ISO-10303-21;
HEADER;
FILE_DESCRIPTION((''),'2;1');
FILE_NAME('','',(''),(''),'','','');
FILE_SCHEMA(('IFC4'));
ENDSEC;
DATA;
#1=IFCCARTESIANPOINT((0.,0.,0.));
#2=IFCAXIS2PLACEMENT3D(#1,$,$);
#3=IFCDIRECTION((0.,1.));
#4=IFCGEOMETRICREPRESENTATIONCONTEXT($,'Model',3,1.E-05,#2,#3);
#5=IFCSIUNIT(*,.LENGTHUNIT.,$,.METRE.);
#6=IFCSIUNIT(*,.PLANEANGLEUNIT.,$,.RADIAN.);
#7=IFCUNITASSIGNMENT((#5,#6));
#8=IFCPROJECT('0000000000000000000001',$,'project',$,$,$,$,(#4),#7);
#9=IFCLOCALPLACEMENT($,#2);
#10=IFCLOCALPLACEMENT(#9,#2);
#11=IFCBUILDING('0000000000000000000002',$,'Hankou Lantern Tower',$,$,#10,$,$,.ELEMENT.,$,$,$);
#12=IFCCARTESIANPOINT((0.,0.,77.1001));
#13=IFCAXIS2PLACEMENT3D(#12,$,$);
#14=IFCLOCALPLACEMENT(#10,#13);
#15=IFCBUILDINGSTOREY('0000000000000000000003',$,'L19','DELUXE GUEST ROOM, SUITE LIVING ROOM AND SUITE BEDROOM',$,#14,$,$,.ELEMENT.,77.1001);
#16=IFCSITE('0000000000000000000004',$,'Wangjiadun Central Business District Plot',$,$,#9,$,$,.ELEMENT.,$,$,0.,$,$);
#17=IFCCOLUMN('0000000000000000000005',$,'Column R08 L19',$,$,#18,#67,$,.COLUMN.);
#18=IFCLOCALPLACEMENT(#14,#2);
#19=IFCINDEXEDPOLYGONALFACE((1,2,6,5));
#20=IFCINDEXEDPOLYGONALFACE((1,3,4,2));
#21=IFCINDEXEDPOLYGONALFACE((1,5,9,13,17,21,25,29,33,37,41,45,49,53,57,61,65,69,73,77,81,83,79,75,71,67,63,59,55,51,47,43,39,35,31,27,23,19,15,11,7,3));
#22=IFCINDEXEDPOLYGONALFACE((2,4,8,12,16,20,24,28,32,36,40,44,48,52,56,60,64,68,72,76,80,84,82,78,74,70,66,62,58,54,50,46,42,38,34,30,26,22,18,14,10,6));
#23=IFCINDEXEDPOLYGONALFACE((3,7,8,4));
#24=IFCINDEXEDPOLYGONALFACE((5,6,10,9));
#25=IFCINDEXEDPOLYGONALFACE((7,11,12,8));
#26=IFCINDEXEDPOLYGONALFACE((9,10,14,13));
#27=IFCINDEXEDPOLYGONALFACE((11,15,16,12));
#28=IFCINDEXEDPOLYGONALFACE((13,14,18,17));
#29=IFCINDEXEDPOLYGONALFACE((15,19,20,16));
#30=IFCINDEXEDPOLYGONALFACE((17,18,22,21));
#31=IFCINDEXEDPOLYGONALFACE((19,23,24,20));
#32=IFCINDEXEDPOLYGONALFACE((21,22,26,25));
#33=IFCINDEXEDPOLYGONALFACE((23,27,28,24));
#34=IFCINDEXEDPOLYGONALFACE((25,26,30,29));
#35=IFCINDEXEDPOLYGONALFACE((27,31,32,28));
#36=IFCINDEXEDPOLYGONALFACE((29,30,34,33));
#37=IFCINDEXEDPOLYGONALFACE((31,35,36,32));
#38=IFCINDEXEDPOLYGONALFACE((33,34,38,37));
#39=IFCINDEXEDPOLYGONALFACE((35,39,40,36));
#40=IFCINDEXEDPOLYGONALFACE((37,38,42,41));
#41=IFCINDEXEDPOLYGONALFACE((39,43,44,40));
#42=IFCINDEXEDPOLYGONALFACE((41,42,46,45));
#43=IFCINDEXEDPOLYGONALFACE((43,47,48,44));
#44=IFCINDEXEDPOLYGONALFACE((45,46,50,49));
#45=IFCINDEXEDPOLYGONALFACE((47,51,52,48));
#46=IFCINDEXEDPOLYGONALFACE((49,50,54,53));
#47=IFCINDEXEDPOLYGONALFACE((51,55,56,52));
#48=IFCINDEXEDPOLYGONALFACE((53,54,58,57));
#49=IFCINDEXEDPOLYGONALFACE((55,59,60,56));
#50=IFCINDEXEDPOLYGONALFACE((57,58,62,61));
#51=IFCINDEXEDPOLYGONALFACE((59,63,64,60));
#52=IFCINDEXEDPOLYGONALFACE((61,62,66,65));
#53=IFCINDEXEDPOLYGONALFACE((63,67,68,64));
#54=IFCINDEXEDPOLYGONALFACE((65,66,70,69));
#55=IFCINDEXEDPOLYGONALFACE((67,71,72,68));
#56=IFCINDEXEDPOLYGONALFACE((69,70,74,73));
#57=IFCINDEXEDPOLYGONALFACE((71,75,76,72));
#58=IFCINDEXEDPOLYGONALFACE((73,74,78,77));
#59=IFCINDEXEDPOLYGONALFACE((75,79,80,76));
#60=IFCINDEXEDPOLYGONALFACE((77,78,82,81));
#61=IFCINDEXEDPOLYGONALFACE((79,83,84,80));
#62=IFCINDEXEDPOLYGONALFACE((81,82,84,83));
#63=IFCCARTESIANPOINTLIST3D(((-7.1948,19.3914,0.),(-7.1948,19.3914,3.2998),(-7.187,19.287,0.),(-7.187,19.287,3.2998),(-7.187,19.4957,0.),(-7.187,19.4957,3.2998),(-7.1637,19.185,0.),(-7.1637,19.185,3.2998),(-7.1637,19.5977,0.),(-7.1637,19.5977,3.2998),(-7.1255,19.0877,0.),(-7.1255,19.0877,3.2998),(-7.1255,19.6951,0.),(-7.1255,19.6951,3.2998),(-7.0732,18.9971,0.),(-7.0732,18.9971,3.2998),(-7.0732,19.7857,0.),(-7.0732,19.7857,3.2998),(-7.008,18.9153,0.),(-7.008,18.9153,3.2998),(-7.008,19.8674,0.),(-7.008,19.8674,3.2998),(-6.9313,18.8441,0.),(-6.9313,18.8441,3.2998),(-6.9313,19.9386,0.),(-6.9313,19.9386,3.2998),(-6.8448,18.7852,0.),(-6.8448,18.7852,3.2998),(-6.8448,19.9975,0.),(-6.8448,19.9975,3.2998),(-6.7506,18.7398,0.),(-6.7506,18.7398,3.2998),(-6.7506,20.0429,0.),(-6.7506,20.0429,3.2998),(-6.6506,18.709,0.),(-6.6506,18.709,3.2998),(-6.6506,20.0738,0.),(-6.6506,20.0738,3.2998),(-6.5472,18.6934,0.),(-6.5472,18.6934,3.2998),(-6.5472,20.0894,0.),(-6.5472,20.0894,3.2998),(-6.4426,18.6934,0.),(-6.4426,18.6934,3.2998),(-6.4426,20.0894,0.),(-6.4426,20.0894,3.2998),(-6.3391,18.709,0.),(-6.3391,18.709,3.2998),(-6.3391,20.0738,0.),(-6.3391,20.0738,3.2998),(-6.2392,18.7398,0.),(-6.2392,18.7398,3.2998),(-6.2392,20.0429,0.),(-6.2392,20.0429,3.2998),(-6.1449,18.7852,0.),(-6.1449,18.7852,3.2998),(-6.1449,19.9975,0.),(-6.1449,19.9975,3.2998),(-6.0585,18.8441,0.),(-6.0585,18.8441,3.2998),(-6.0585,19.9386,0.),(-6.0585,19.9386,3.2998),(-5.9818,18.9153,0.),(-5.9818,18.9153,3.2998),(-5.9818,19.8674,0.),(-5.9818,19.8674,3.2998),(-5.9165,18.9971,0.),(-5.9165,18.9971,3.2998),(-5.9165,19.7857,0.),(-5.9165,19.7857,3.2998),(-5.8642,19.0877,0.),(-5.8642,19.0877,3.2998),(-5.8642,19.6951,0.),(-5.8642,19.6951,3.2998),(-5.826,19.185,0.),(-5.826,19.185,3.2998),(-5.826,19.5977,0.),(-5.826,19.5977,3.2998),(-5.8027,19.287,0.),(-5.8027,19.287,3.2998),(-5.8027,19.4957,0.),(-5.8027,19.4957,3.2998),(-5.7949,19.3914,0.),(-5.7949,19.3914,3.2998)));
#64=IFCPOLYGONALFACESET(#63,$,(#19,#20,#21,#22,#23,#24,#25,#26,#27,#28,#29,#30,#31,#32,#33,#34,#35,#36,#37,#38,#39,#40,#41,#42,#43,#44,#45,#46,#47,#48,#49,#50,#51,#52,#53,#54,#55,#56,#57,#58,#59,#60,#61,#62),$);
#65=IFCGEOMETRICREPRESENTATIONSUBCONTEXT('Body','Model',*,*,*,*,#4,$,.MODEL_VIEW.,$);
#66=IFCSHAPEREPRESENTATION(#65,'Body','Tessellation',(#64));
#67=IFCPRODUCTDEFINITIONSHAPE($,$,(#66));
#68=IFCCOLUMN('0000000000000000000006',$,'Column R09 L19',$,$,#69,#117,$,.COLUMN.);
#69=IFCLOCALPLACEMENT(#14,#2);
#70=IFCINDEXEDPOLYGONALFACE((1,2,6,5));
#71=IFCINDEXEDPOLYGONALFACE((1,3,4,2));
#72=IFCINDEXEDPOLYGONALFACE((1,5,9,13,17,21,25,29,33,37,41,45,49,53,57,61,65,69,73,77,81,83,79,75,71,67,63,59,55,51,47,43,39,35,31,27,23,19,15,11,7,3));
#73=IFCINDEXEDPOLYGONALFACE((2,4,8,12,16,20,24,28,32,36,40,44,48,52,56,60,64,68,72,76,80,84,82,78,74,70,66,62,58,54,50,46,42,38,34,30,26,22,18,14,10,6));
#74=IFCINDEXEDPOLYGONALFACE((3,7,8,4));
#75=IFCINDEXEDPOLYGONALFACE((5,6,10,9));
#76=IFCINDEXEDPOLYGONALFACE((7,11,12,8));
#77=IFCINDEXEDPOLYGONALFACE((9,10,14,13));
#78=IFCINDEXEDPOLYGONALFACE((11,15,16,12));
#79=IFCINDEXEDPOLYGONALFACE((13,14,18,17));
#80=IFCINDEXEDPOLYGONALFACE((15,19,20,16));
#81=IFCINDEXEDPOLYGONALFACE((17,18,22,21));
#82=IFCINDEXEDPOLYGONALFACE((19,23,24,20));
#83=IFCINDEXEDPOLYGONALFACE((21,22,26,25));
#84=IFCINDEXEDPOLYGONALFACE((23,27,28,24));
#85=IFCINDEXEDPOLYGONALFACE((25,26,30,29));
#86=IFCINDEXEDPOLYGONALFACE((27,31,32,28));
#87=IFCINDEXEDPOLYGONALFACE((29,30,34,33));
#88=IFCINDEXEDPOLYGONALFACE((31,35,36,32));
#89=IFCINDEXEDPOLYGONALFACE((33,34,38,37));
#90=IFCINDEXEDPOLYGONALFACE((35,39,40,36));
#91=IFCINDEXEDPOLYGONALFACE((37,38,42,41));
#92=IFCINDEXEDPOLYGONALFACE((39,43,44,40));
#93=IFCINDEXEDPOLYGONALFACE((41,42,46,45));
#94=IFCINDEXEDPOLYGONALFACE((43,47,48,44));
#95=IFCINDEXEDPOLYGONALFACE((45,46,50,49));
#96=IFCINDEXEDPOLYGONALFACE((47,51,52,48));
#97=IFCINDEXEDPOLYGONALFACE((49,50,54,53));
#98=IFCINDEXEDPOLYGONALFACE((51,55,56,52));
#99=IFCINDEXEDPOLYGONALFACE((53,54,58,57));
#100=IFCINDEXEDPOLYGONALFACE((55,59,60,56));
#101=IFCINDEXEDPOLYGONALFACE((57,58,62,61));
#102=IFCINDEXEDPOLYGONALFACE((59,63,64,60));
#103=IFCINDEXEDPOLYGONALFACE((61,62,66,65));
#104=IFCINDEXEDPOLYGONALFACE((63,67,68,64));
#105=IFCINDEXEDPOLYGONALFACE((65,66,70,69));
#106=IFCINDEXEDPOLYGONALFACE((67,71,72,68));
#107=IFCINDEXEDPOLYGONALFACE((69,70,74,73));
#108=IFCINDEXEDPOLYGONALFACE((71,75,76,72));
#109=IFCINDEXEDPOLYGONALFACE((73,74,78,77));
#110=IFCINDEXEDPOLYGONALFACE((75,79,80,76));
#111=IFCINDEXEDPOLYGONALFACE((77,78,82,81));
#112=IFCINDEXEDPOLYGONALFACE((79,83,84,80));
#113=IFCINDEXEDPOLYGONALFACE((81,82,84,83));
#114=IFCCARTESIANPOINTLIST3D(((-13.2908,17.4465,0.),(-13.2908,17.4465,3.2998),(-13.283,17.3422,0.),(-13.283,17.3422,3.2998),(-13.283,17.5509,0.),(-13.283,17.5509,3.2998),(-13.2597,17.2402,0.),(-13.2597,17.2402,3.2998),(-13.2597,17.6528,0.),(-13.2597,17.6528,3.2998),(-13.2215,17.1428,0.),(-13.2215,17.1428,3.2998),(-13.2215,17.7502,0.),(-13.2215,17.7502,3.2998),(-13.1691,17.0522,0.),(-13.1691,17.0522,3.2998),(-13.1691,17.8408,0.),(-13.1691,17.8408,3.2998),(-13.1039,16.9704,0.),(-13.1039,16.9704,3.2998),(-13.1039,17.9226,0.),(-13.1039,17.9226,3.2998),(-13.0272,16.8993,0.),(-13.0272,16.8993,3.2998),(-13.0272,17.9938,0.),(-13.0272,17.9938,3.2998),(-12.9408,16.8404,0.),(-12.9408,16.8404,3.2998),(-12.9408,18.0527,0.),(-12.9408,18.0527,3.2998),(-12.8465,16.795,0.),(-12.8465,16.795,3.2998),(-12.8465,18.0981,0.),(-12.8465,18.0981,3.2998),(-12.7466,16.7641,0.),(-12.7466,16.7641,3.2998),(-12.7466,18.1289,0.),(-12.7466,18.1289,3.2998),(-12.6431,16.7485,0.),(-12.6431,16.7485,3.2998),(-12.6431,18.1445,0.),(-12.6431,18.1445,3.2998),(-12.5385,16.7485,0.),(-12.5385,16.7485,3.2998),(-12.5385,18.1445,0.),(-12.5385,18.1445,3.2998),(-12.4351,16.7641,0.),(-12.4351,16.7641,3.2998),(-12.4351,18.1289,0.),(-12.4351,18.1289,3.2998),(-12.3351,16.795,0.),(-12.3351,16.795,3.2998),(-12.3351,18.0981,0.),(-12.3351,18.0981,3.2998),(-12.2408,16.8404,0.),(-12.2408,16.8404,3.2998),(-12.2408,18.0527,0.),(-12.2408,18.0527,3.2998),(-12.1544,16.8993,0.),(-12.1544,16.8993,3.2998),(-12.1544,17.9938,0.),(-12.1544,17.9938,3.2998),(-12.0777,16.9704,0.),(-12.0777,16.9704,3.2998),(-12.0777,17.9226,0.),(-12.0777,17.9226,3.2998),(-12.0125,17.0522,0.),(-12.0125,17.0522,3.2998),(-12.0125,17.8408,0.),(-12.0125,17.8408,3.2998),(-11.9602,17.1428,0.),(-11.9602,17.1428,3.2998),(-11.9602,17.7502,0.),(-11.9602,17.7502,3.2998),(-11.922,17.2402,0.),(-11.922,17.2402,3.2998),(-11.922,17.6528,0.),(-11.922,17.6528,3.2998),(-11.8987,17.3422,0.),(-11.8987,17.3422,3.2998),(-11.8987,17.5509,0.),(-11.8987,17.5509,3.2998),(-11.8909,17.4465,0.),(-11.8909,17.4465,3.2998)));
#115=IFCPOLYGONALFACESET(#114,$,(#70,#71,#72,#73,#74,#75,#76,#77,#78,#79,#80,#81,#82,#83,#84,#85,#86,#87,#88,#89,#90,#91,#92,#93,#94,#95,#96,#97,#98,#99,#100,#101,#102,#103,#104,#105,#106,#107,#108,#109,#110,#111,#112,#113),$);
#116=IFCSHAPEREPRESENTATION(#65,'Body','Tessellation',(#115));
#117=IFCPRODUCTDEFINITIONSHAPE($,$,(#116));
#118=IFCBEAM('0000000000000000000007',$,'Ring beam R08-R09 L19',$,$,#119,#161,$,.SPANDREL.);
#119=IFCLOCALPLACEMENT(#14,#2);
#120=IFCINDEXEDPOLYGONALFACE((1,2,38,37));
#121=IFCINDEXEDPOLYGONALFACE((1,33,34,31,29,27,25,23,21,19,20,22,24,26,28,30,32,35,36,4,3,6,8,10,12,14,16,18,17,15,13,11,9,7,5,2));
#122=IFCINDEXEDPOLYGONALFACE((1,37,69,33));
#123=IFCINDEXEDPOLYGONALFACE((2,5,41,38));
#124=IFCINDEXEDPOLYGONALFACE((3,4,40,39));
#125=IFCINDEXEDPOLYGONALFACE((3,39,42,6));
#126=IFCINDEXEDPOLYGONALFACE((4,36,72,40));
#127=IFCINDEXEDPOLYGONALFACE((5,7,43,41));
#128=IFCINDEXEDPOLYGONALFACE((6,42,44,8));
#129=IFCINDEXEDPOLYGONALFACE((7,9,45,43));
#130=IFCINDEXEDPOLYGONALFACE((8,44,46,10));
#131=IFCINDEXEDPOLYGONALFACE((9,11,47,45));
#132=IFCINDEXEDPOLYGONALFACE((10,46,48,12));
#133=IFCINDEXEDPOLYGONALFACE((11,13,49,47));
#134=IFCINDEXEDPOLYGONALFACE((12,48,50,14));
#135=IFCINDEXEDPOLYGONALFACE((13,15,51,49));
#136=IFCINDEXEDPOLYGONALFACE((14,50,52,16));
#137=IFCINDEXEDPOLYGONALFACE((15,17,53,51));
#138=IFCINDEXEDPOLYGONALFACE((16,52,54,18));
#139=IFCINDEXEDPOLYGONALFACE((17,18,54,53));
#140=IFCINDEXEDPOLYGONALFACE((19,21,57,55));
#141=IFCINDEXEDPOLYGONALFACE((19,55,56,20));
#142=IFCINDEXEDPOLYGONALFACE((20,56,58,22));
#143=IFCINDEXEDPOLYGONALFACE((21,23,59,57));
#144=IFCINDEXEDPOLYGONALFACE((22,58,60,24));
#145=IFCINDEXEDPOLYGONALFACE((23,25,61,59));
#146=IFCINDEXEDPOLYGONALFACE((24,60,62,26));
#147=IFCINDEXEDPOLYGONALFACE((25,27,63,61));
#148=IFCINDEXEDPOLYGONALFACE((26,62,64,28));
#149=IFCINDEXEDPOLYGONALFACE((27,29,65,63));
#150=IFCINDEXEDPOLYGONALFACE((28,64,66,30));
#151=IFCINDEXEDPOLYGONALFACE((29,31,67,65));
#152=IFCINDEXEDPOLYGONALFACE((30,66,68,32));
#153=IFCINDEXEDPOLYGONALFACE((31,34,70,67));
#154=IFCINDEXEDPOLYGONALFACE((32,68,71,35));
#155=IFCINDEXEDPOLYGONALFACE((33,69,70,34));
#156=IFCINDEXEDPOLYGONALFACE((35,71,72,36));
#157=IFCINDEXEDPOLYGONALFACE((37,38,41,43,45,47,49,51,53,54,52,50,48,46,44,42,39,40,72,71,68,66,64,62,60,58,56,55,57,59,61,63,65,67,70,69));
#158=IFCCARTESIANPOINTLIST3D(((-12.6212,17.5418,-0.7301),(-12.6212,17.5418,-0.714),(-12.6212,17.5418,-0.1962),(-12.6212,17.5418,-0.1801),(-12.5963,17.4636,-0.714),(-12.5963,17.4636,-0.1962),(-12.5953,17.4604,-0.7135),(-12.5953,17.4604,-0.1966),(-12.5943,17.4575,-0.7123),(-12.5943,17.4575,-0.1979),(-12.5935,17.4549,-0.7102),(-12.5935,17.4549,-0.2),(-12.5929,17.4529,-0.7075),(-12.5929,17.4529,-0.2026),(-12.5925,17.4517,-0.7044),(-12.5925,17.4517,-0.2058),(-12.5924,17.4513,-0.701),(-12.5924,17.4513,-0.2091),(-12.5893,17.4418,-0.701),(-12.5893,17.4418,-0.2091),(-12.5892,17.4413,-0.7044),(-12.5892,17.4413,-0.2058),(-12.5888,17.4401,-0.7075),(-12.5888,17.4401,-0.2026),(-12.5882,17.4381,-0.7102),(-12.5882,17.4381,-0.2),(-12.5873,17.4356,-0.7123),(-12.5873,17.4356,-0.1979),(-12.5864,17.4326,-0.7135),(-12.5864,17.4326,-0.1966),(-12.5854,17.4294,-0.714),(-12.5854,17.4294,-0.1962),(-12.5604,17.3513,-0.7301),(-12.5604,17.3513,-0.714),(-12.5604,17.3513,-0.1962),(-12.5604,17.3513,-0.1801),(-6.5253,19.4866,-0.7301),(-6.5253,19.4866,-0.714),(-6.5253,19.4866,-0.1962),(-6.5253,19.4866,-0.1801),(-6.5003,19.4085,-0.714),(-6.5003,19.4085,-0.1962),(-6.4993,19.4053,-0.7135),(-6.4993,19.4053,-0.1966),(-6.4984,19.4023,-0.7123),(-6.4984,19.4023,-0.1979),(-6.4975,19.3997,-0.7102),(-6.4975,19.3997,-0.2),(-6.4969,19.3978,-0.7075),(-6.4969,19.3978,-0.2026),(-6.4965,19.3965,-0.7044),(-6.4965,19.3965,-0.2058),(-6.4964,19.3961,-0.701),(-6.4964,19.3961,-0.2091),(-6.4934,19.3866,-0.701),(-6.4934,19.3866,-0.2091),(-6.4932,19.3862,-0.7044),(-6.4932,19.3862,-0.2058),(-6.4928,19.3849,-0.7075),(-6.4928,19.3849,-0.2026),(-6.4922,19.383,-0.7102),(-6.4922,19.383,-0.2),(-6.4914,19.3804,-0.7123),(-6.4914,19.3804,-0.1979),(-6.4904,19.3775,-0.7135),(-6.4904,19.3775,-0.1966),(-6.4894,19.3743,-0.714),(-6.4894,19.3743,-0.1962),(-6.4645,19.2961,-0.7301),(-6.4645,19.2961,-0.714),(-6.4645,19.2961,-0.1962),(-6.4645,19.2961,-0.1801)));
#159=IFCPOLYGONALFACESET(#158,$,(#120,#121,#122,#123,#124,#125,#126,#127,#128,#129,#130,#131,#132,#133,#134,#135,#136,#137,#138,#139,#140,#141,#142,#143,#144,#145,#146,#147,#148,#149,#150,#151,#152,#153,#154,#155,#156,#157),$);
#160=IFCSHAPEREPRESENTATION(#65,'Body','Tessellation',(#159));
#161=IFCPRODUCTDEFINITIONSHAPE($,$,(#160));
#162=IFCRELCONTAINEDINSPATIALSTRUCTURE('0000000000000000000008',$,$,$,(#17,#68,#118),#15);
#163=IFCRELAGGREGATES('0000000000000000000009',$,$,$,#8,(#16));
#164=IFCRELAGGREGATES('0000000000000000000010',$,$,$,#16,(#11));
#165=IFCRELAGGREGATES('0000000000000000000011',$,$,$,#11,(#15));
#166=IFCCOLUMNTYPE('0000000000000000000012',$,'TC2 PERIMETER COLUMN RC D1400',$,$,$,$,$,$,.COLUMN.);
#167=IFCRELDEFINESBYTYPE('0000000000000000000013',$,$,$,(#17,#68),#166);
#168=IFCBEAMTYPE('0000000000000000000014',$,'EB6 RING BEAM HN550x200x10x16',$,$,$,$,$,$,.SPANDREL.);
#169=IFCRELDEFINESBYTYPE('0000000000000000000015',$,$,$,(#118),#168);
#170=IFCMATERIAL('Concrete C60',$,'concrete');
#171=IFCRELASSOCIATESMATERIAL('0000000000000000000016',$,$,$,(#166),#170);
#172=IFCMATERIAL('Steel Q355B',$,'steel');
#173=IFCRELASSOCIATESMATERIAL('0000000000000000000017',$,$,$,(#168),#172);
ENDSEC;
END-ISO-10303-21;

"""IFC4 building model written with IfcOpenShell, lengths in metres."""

from ifc_helpers import new_model, si_unit, direction, frame, origin, origin_2d, place, context, subcontext, project, spatial, circle, i_section, extrude, material, material_profile, profile_set, type_object, element, save


model = new_model("IFC4")

# Units and contexts
model_context = context("Model", 3, precision=1e-05, world=origin(), true_north=direction((0.0, 1.0)))
body_context = subcontext(model_context, "Body", "Model", "MODEL_VIEW")
ifc_project = project(units=[si_unit("LENGTHUNIT", "METRE"), si_unit("PLANEANGLEUNIT", "RADIAN")], contexts=[model_context])

# Site, building, storey
site_placement = place(None, origin())
site = spatial("IfcSite", under=ifc_project, at=site_placement, Name="Wangjiadun Central Business District Plot", CompositionType="ELEMENT", RefElevation=0.0)
building_placement = place(site_placement, origin())
building = spatial("IfcBuilding", under=site, at=building_placement, Name="Hankou Lantern Tower", CompositionType="ELEMENT")
storey_placement = place(building_placement, frame((0.0, 0.0, 77.1001)))
storey = spatial("IfcBuildingStorey", under=building, at=storey_placement, Name="L19", Description="DELUXE GUEST ROOM, SUITE LIVING ROOM AND SUITE BEDROOM", CompositionType="ELEMENT", Elevation=77.1001)

# Columns
ifc_material_1 = material(Name="Concrete C60", Category="concrete")
ifc_material_profile_1 = material_profile(ifc_material_1, circle(Radius=0.7, at=origin_2d()), Name="RC D1400")
ifc_profile_set_1 = profile_set([ifc_material_profile_1], Name="Concrete C60")
column_type = type_object("IfcColumnType", Name="TC2 PERIMETER COLUMN RC D1400", PredefinedType="COLUMN", material=ifc_profile_set_1)
for number, where, z_axis, x_axis, name in (
    (1, (-6.4949, 19.3914, 0.0), (0.0, 0.0, 1.0), (1.0, 0.0, 0.0), "Column R08 L19"),
    (2, (-12.5908, 17.4465, 0.0), (0.0, 0.0, 1.0), (1.0, 0.0, 0.0), "Column R09 L19"),
):
    element("IfcColumn", number, at=place(storey_placement, frame(where, z_axis=z_axis, x_axis=x_axis)), inside=storey, type_object=column_type, Name=name, PredefinedType="COLUMN", context=body_context, shape_type="SweptSolid", body=[
        extrude(circle(Radius=0.7, at=origin_2d()), origin(), (0.0, 0.0, 1.0), 3.2998),
    ])

# Beam
ifc_material_2 = material(Name="Steel Q355B", Category="steel")
ifc_material_profile_2 = material_profile(ifc_material_2, i_section(OverallWidth=0.2, OverallDepth=0.55, WebThickness=0.01, FlangeThickness=0.0161, FilletRadius=0.0129, at=origin_2d()), Name="HN550x200x10x16")
ifc_profile_set_2 = profile_set([ifc_material_profile_2], Name="Steel Q355B")
beam_type_1 = type_object("IfcBeamType", Name="EB6 RING BEAM HN550x200x10x16", PredefinedType="SPANDREL", material=ifc_profile_set_2)
beam_1_placement = place(storey_placement, frame((-6.4949, 19.3914, -0.4551), z_axis=(-0.95269, -0.303942, 0.0), x_axis=(0.303942, -0.95269, 0.0)))
element("IfcBeam", 3, at=beam_1_placement, inside=storey, type_object=beam_type_1, Name="Ring beam R08-R09 L19", PredefinedType="SPANDREL", context=body_context, shape_type="SweptSolid", body=[
    extrude(i_section(OverallWidth=0.2, OverallDepth=0.55, WebThickness=0.01, FlangeThickness=0.0161, FilletRadius=0.0129, at=origin_2d()), origin(), (0.0, 0.0, 1.0), 6.3987),
])

save(model, "model.ifc")
